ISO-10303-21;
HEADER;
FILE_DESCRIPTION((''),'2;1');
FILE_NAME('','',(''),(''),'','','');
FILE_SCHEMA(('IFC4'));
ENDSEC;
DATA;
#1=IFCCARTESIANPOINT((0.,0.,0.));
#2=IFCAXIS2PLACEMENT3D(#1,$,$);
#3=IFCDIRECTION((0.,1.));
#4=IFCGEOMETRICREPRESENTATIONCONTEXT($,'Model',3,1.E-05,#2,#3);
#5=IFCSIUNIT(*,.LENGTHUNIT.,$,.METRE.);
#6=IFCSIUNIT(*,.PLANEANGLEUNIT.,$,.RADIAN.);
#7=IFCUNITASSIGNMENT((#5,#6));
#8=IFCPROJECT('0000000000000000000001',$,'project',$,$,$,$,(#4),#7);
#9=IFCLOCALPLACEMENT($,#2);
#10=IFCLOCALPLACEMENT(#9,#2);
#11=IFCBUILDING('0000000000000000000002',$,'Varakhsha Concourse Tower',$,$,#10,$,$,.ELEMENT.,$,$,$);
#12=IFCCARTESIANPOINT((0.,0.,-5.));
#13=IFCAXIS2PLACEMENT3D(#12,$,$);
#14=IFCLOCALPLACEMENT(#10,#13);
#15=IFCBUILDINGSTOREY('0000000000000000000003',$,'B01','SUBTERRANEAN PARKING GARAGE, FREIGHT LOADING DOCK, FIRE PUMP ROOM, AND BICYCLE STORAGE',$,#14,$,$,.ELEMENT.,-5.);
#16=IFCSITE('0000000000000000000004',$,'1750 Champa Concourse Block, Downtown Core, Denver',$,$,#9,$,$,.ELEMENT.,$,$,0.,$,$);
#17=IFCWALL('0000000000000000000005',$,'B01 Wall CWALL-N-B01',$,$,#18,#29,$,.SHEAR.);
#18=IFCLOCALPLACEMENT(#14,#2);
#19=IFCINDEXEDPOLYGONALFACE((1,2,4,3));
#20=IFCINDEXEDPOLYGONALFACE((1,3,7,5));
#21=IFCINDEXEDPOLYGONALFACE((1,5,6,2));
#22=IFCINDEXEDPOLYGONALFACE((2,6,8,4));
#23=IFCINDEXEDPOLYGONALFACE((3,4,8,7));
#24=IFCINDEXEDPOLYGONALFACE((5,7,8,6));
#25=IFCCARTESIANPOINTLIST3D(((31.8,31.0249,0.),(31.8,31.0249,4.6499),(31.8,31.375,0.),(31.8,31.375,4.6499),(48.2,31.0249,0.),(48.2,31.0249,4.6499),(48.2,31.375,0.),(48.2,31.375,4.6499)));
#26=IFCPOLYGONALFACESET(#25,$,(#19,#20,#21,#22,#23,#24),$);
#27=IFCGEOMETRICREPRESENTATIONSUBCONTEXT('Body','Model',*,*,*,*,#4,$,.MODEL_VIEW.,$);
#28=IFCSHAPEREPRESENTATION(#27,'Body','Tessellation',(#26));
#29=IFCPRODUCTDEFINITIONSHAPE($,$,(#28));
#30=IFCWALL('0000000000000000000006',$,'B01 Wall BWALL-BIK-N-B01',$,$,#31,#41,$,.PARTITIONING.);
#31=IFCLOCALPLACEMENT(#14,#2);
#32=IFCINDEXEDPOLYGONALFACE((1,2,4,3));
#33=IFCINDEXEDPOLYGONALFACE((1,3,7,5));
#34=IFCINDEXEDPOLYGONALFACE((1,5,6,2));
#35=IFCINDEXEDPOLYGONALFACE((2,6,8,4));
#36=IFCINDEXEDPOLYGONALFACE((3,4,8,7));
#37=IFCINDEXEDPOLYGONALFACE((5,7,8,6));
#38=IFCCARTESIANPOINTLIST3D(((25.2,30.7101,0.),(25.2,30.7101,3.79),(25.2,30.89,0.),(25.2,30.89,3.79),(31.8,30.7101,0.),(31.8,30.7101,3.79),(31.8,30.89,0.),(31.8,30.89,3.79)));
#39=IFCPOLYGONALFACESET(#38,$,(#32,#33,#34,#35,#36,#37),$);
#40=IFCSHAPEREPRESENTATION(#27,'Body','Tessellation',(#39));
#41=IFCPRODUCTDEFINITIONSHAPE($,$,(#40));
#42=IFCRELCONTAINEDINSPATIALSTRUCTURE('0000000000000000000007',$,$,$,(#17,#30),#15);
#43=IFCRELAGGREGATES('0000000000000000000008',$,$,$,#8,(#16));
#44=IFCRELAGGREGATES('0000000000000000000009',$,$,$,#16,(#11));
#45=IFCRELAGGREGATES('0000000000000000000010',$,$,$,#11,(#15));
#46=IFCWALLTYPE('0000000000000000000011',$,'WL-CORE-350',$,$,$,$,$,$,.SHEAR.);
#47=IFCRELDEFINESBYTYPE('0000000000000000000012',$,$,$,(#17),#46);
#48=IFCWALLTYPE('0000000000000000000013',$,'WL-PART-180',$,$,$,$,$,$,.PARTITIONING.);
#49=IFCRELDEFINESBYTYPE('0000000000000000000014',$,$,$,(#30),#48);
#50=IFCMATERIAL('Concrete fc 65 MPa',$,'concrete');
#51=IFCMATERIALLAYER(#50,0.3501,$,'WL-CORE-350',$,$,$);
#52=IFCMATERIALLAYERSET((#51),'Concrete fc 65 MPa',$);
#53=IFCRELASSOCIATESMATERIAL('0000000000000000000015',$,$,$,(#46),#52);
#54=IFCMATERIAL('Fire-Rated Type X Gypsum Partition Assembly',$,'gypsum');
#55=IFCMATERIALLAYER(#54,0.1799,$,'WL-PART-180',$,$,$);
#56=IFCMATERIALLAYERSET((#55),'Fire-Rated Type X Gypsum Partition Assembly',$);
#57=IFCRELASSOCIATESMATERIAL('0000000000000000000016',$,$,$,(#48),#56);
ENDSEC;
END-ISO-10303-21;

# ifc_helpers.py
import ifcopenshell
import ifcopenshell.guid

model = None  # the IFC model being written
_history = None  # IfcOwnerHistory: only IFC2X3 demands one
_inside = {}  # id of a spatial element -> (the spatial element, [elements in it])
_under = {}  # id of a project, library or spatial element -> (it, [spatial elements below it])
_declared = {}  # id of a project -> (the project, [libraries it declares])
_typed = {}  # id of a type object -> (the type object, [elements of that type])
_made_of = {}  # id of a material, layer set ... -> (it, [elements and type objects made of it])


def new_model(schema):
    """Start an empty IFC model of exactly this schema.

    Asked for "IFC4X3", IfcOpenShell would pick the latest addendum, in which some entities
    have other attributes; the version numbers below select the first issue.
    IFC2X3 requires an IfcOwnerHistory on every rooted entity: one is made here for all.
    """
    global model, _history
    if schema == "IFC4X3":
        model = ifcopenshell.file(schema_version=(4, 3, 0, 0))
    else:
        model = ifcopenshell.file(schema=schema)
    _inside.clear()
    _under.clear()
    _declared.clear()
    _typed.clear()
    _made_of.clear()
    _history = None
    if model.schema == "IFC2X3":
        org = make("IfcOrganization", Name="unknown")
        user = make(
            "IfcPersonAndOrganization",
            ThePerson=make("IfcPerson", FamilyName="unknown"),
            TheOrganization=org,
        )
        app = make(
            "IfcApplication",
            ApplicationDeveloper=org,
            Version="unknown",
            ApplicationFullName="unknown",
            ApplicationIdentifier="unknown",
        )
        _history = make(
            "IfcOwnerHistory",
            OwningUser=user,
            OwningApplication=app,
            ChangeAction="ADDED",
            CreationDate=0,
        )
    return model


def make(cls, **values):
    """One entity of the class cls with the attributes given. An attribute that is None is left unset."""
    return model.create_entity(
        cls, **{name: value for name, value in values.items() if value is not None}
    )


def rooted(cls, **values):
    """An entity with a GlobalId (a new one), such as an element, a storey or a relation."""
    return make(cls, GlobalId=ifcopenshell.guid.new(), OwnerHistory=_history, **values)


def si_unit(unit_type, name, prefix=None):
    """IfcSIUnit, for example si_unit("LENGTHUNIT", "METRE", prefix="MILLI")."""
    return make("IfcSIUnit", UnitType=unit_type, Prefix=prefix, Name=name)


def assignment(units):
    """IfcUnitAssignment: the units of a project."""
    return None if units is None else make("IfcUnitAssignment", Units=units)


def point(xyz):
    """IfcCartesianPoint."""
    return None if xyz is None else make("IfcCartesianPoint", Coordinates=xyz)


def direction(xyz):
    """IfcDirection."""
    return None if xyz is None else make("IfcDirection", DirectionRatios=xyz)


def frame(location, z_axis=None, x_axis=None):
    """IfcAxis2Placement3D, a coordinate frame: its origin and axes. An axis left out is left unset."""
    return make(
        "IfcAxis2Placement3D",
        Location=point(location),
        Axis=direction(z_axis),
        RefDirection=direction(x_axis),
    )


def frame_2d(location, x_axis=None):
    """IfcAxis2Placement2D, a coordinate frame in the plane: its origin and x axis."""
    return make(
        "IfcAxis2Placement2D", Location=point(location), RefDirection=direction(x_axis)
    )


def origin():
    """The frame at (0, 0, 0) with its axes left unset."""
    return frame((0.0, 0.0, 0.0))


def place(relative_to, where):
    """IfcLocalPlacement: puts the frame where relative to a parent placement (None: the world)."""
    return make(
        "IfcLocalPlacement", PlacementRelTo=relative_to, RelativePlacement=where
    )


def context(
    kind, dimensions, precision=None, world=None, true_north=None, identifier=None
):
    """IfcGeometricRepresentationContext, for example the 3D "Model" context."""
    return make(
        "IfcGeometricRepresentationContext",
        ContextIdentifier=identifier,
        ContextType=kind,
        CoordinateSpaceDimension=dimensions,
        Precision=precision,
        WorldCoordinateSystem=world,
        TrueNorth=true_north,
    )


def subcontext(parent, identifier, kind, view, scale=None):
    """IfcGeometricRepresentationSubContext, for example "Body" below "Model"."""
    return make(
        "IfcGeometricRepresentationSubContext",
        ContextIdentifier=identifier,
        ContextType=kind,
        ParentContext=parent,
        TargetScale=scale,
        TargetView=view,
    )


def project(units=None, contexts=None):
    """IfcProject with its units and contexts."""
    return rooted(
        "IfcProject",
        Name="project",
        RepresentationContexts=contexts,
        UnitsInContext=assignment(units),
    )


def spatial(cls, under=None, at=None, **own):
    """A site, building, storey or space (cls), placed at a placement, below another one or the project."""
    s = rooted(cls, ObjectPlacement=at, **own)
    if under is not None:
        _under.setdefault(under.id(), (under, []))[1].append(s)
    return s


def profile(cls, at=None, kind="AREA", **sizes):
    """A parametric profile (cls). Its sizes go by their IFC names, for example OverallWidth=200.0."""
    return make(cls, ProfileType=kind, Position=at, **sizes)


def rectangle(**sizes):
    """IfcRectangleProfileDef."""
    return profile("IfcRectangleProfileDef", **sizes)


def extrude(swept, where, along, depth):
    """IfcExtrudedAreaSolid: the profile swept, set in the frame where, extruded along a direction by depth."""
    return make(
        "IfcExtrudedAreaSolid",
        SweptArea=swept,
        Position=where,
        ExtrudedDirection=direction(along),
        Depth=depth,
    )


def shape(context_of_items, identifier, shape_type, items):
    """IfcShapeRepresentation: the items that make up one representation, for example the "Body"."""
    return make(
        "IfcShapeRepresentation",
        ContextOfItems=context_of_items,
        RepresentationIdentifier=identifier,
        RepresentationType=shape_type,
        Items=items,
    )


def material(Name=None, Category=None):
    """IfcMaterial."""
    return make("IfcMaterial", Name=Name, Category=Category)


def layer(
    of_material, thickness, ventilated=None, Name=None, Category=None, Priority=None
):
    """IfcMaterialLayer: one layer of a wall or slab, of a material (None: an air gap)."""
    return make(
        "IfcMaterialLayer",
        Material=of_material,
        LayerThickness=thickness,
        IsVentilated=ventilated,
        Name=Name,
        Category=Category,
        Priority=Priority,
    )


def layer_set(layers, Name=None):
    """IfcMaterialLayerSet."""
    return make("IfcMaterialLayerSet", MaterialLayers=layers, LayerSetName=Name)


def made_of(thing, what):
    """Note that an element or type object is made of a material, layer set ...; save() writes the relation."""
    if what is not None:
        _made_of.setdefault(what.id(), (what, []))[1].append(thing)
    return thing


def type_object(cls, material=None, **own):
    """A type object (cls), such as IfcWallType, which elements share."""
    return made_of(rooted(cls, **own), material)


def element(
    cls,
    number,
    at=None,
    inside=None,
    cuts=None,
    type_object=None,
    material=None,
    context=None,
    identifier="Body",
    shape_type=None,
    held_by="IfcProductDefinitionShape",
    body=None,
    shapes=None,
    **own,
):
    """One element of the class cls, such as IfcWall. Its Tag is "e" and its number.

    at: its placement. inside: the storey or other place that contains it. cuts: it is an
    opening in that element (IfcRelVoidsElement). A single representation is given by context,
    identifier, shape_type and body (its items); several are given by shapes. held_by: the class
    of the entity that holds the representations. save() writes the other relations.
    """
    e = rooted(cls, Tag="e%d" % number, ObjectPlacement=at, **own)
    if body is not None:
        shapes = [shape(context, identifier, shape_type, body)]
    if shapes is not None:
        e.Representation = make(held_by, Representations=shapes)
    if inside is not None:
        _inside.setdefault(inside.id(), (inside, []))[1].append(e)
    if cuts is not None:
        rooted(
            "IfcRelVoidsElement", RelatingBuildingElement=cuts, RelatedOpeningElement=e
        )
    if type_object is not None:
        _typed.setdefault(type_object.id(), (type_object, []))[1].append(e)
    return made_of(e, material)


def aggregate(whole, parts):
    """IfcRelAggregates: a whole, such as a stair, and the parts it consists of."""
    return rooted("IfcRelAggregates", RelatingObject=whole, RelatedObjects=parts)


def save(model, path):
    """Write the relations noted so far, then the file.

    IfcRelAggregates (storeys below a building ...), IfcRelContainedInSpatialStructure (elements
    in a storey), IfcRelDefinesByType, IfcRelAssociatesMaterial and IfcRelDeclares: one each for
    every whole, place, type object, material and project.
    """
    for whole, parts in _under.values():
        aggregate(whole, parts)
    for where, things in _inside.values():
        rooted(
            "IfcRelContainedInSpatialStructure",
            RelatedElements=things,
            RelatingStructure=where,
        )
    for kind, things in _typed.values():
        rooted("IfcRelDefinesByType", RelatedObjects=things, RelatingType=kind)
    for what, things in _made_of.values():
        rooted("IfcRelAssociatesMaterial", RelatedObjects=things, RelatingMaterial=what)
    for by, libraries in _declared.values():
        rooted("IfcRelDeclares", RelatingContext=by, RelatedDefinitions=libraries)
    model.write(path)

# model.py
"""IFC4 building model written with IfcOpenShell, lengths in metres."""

from ifc_helpers import new_model, si_unit, direction, frame, frame_2d, origin, place, context, subcontext, project, spatial, rectangle, extrude, material, layer, layer_set, type_object, element, save


model = new_model("IFC4")

# Units and contexts
model_context = context("Model", 3, precision=1e-05, world=origin(), true_north=direction((0.0, 1.0)))
body_context = subcontext(model_context, "Body", "Model", "MODEL_VIEW")
ifc_project = project(units=[si_unit("LENGTHUNIT", "METRE"), si_unit("PLANEANGLEUNIT", "RADIAN")], contexts=[model_context])

# Site, building, storey
site_placement = place(None, origin())
site = spatial("IfcSite", under=ifc_project, at=site_placement, Name="1750 Champa Concourse Block, Downtown Core, Denver", CompositionType="ELEMENT", RefElevation=0.0)
building_placement = place(site_placement, origin())
building = spatial("IfcBuilding", under=site, at=building_placement, Name="Varakhsha Concourse Tower", CompositionType="ELEMENT")
storey_placement = place(building_placement, frame((0.0, 0.0, -5.0)))
storey = spatial("IfcBuildingStorey", under=building, at=storey_placement, Name="B01", Description="SUBTERRANEAN PARKING GARAGE, FREIGHT LOADING DOCK, FIRE PUMP ROOM, AND BICYCLE STORAGE", CompositionType="ELEMENT", Elevation=-5.0)

# Shared definitions
ifc_material_1 = material(Name="Concrete fc 65 MPa", Category="concrete")

# Walls
ifc_layer_1 = layer(ifc_material_1, 0.3501, Name="WL-CORE-350")
ifc_layer_set_1 = layer_set([ifc_layer_1], Name="Concrete fc 65 MPa")
wall_type_1 = type_object("IfcWallType", Name="WL-CORE-350", PredefinedType="SHEAR", material=ifc_layer_set_1)
wall_1_placement = place(storey_placement, frame((31.8, 31.2, 0.0), z_axis=(0.0, 0.0, 1.0), x_axis=(1.0, 0.0, 0.0)))
element("IfcWall", 1, at=wall_1_placement, inside=storey, type_object=wall_type_1, Name="B01 Wall CWALL-N-B01", PredefinedType="SHEAR", context=body_context, shape_type="SweptSolid", body=[
    extrude(rectangle(XDim=16.3999, YDim=0.3501, at=frame_2d((8.2, 0.0))), origin(), (0.0, 0.0, 1.0), 4.6499),
])
ifc_material_2 = material(Name="Fire-Rated Type X Gypsum Partition Assembly", Category="gypsum")
ifc_layer_2 = layer(ifc_material_2, 0.1799, Name="WL-PART-180")
ifc_layer_set_2 = layer_set([ifc_layer_2], Name="Fire-Rated Type X Gypsum Partition Assembly")
wall_type_2 = type_object("IfcWallType", Name="WL-PART-180", PredefinedType="PARTITIONING", material=ifc_layer_set_2)
wall_2_placement = place(storey_placement, frame((25.2, 30.8, 0.0), z_axis=(0.0, 0.0, 1.0), x_axis=(1.0, 0.0, 0.0)))
element("IfcWall", 2, at=wall_2_placement, inside=storey, type_object=wall_type_2, Name="B01 Wall BWALL-BIK-N-B01", PredefinedType="PARTITIONING", context=body_context, shape_type="SweptSolid", body=[
    extrude(rectangle(XDim=6.6001, YDim=0.1799, at=frame_2d((3.3, 0.0))), origin(), (0.0, 0.0, 1.0), 3.79),
])

save(model, "model.ifc")
